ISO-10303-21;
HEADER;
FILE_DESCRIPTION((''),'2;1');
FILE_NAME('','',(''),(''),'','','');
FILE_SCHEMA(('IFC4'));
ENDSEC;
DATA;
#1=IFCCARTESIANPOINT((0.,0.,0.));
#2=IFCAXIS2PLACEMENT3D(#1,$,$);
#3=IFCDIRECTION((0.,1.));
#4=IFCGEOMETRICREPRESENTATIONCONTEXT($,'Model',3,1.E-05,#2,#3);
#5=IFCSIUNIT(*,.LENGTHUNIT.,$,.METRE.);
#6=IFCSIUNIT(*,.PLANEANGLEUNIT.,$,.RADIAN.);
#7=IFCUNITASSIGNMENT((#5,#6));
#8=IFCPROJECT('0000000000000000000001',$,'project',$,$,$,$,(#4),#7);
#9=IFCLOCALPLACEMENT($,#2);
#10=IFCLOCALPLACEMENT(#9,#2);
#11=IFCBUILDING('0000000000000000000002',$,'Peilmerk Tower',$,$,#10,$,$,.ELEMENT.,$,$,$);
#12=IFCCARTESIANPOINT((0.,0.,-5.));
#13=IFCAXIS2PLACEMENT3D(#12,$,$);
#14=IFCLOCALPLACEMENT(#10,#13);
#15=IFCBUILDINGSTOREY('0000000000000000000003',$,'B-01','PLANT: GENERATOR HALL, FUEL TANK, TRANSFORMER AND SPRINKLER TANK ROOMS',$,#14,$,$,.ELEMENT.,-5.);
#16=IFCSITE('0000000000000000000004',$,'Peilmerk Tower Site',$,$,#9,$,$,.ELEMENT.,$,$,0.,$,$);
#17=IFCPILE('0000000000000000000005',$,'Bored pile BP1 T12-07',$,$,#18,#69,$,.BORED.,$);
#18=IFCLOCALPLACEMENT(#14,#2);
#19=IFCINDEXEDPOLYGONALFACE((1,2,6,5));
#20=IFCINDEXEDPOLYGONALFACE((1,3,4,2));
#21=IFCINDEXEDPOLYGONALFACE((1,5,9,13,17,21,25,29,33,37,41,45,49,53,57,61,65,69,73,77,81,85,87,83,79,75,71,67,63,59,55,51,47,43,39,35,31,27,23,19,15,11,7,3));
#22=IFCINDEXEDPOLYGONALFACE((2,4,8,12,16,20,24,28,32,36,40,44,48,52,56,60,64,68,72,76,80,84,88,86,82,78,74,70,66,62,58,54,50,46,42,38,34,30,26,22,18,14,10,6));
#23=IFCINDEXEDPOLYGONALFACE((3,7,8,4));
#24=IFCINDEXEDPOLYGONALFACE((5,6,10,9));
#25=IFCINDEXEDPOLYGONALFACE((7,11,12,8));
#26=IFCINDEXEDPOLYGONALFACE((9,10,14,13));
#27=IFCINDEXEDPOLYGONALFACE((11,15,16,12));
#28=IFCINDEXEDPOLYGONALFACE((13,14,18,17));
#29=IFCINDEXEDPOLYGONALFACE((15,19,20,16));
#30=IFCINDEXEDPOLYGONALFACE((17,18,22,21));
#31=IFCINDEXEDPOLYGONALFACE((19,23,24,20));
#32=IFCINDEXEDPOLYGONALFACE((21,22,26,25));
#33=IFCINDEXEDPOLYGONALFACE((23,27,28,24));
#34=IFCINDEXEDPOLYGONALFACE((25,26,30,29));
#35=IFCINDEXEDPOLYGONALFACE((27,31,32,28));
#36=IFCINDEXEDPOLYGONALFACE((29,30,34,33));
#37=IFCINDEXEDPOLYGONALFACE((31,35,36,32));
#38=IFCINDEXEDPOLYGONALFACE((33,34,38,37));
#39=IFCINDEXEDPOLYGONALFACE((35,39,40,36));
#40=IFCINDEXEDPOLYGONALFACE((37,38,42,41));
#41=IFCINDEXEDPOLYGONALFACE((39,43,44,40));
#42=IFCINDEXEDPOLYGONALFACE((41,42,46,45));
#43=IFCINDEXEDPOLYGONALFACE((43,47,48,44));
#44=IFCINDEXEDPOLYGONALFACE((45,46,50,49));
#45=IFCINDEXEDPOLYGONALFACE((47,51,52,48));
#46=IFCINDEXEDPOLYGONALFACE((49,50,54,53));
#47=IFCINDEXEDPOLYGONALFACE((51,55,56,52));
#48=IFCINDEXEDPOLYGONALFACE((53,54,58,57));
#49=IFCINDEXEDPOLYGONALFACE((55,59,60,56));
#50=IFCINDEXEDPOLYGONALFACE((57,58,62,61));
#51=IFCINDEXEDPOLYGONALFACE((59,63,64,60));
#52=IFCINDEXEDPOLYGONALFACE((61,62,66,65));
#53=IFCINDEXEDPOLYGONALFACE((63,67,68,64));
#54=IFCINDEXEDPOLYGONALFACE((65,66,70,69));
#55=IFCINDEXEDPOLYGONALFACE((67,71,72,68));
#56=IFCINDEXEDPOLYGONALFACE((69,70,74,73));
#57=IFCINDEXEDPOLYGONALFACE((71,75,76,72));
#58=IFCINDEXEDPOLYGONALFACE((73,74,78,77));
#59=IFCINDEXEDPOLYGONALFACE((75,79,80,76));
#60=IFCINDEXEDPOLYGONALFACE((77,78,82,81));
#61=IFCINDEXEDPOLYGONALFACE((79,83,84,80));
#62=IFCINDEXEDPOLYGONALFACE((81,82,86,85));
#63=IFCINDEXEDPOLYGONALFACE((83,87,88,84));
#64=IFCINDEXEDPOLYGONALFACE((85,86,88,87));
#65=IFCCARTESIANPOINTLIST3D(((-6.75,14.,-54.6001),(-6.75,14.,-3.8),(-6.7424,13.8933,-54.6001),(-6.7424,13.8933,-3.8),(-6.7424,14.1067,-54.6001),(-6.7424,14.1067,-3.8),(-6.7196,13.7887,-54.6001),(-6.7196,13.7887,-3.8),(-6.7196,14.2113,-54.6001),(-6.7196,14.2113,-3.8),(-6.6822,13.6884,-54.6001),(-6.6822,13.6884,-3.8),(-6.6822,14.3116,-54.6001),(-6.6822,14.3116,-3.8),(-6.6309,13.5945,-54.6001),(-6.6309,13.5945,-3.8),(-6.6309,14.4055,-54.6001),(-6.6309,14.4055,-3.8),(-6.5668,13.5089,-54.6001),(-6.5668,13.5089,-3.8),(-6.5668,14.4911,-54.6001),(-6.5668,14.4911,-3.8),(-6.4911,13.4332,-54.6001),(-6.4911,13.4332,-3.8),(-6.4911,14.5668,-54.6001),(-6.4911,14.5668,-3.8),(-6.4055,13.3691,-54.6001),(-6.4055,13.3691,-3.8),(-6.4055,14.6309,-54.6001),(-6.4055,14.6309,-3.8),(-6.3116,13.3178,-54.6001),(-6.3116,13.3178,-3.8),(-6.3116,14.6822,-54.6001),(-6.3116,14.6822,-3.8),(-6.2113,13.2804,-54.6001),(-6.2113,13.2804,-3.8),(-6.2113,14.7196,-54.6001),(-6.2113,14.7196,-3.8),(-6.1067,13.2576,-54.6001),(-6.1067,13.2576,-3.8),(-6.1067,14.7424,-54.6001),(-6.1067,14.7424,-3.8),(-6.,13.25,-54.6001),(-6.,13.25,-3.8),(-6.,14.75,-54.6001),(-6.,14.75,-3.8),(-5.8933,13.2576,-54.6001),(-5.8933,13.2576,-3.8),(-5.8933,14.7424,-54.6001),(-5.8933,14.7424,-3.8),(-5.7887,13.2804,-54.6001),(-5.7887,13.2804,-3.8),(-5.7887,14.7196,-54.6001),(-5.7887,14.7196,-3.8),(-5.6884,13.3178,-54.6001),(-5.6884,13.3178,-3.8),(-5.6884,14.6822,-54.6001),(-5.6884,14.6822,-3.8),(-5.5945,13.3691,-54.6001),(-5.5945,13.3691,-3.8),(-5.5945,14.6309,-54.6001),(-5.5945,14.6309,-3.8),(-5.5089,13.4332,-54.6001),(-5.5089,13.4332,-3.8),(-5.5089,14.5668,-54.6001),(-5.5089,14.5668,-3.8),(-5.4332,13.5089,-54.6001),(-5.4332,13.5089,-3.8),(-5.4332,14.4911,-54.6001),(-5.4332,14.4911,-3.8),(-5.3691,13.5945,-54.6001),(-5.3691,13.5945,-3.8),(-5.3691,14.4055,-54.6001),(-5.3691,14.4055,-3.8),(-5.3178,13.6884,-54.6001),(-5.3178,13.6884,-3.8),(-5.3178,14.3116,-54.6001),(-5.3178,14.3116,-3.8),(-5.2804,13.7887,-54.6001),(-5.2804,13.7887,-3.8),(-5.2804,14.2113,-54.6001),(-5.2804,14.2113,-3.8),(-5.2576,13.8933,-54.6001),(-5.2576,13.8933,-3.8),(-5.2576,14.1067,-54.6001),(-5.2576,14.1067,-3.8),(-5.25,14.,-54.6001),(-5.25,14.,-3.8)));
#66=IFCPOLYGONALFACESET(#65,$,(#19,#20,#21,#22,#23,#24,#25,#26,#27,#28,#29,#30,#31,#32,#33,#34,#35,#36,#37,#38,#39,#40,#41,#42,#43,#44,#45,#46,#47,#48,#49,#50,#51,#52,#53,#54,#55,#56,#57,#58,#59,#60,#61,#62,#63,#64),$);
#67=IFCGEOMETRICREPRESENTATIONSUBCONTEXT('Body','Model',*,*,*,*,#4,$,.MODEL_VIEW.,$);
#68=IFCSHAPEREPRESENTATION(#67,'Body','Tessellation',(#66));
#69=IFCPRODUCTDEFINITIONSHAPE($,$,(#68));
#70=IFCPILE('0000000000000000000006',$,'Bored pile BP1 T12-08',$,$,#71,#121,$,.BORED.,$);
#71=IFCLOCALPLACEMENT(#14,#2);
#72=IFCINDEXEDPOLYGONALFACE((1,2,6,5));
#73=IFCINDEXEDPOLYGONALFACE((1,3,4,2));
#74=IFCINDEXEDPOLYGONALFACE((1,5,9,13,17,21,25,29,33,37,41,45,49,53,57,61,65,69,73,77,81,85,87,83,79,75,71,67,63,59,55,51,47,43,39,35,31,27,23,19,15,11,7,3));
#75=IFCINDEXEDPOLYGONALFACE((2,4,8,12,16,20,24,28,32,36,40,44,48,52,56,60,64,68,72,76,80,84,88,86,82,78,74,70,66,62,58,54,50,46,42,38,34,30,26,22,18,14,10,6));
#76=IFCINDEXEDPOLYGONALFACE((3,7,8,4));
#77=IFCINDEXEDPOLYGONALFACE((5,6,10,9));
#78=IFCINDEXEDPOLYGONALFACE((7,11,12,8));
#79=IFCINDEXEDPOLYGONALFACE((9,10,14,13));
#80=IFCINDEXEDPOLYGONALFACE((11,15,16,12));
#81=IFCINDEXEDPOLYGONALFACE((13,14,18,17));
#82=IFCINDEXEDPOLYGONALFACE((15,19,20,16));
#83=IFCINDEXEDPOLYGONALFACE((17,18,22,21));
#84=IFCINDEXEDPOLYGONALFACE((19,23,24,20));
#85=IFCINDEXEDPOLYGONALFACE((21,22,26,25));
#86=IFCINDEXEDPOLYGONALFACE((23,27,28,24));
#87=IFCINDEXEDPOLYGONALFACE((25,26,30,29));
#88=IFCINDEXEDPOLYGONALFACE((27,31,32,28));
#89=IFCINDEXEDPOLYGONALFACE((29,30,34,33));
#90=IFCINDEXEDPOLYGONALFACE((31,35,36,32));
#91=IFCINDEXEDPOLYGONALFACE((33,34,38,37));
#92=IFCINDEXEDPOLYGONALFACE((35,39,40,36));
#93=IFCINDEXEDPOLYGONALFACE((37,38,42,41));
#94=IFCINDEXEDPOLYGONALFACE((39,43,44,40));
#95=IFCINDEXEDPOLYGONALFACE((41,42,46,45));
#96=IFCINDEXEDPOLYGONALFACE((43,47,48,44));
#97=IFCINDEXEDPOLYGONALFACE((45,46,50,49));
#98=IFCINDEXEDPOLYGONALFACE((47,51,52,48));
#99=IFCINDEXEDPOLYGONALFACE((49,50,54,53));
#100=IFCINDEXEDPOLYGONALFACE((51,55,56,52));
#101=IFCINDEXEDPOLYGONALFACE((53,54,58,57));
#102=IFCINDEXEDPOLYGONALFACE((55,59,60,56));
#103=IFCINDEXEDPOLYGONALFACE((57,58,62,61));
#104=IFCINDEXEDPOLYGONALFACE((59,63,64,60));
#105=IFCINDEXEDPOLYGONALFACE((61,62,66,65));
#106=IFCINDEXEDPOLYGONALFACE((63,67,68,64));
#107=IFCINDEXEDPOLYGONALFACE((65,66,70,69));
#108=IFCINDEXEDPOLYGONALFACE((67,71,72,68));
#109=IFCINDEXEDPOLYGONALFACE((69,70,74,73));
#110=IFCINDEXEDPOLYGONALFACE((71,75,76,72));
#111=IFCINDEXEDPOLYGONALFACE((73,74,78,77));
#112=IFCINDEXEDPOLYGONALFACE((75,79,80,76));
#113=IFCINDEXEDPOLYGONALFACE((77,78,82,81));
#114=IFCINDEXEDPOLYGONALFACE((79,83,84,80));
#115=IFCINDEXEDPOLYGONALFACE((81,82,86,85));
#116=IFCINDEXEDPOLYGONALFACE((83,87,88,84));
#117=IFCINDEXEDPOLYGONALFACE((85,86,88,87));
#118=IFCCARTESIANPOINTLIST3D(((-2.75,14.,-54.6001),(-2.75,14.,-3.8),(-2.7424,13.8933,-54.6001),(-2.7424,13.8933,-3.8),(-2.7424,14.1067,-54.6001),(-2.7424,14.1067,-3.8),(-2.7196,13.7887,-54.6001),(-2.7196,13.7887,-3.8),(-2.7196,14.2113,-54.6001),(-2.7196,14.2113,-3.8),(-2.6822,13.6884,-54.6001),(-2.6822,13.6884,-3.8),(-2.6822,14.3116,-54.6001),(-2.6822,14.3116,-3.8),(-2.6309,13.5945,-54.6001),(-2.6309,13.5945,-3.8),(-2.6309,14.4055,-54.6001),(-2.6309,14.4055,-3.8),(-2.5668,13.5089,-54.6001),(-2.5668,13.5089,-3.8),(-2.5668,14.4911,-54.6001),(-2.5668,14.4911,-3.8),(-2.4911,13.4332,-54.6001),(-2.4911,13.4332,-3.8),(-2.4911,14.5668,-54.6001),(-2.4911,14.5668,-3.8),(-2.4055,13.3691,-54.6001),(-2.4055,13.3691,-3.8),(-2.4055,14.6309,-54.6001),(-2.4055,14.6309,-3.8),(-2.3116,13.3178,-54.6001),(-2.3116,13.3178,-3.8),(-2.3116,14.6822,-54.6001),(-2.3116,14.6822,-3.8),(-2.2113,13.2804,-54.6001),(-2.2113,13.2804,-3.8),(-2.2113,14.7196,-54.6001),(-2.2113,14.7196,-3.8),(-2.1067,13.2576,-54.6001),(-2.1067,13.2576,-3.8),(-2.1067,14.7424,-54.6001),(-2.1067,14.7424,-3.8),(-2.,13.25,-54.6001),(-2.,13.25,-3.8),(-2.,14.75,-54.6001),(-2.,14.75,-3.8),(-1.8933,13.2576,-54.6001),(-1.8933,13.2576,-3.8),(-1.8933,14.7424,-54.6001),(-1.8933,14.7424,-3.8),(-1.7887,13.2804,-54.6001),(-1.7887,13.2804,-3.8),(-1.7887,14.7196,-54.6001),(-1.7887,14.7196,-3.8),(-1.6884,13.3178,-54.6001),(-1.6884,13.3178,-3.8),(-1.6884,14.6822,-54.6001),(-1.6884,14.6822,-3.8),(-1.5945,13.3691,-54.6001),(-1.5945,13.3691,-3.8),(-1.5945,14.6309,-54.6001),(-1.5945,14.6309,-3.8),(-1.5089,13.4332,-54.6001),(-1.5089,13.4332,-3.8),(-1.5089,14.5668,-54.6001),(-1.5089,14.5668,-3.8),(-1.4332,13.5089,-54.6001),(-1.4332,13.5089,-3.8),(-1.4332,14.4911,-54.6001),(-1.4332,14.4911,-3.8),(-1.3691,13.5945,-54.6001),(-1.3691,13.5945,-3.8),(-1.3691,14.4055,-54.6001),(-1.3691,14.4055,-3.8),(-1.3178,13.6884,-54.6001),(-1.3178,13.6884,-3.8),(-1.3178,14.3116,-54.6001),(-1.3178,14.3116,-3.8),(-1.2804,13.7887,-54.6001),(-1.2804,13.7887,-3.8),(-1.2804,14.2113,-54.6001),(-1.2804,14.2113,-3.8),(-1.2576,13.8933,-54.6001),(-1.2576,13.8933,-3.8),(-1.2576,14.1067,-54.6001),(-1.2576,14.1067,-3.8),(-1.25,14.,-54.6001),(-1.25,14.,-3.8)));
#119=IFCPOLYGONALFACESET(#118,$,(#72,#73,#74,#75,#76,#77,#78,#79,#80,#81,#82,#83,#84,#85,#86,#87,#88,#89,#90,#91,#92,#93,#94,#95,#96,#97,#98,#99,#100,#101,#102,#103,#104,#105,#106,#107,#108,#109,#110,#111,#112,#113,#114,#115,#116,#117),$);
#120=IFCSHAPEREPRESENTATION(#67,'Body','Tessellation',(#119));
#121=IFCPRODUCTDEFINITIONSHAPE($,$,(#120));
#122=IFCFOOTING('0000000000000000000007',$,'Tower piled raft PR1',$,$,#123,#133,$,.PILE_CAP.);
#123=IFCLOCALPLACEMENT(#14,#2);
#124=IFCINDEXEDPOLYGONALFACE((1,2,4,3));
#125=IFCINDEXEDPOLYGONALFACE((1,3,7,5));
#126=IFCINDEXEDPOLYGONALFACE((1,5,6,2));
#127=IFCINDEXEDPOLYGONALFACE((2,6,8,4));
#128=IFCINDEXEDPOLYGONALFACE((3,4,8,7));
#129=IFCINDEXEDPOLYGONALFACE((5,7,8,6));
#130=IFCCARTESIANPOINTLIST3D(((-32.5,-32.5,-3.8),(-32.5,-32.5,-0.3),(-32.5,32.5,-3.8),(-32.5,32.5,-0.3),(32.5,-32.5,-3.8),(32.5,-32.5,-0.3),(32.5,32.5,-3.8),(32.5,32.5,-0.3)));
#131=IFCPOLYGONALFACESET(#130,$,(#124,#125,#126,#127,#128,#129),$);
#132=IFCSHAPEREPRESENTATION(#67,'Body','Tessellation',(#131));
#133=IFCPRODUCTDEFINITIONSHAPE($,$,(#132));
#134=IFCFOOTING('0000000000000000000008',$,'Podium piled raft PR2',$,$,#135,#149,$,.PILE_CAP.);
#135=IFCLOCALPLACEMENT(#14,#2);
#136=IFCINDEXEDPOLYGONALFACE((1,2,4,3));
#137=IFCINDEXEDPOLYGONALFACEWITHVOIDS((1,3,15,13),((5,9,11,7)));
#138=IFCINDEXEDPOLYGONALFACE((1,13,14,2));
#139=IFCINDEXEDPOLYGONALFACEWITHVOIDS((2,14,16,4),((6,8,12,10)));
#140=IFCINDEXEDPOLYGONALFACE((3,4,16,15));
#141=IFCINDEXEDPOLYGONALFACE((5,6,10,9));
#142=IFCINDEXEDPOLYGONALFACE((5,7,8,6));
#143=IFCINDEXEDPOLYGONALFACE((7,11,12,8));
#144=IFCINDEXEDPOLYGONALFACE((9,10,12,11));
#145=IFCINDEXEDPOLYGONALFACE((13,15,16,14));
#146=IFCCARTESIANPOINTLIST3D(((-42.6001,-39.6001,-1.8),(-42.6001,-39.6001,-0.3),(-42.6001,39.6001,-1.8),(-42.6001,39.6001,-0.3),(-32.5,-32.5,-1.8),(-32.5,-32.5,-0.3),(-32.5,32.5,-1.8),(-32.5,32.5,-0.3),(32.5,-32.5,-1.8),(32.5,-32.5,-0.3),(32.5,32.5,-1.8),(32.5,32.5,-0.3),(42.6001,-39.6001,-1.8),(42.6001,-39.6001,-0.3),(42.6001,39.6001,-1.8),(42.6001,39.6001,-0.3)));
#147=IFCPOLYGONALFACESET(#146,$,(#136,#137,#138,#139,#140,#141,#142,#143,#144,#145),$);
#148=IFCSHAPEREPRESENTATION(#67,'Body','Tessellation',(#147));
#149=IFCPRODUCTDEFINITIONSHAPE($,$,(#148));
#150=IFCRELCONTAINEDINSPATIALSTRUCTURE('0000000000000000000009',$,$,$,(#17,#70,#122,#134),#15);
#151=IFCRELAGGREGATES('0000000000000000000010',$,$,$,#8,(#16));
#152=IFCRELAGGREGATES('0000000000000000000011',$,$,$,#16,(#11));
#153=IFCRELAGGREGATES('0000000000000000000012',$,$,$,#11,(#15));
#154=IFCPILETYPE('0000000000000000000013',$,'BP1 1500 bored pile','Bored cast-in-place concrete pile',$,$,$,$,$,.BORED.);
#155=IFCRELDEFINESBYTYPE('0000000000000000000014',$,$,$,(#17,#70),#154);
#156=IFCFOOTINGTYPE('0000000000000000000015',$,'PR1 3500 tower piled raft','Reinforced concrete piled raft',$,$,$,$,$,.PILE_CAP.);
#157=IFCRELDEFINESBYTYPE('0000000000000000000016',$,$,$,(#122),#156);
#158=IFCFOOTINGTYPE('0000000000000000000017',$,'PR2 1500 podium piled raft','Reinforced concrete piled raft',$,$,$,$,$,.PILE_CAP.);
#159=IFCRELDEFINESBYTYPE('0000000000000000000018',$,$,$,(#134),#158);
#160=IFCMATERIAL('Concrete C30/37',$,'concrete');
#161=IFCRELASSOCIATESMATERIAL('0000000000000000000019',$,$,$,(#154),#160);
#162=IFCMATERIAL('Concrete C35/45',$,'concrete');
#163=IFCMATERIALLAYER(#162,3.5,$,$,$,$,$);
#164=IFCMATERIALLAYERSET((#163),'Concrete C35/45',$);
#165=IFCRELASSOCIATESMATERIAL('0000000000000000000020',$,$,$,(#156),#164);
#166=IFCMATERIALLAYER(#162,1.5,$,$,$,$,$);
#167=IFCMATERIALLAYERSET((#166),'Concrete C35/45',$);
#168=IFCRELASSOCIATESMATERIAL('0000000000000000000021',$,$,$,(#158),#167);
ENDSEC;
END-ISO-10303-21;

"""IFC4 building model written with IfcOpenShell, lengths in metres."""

from ifc_helpers import new_model, si_unit, direction, frame, origin, origin_2d, place, context, subcontext, project, spatial, polyline, circle, outline, extrude, material, layer, layer_set, material_profile, profile_set, type_object, element, save


model = new_model("IFC4")

# Units and contexts
model_context = context("Model", 3, precision=1e-05, world=origin(), true_north=direction((0.0, 1.0)))
body_context = subcontext(model_context, "Body", "Model", "MODEL_VIEW")
ifc_project = project(units=[si_unit("LENGTHUNIT", "METRE"), si_unit("PLANEANGLEUNIT", "RADIAN")], contexts=[model_context])

# Site, building, storey
site_placement = place(None, origin())
site = spatial("IfcSite", under=ifc_project, at=site_placement, Name="Peilmerk Tower Site", CompositionType="ELEMENT", RefElevation=0.0)
building_placement = place(site_placement, origin())
building = spatial("IfcBuilding", under=site, at=building_placement, Name="Peilmerk Tower", CompositionType="ELEMENT")
storey_placement = place(building_placement, frame((0.0, 0.0, -5.0)))
storey = spatial("IfcBuildingStorey", under=building, at=storey_placement, Name="B-01", Description="PLANT: GENERATOR HALL, FUEL TANK, TRANSFORMER AND SPRINKLER TANK ROOMS", CompositionType="ELEMENT", Elevation=-5.0)

# Piles
ifc_material_1 = material(Name="Concrete C30/37", Category="concrete")
ifc_material_profile = material_profile(ifc_material_1, circle(Radius=0.75, at=origin_2d()), Name="BP 1500")
ifc_profile_set = profile_set([ifc_material_profile], Name="Concrete C30/37")
pile_type = type_object("IfcPileType", Name="BP1 1500 bored pile", Description="Bored cast-in-place concrete pile", PredefinedType="BORED", material=ifc_profile_set)
for number, where, z_axis, x_axis, name in (
    (1, (-6.0, 14.0, -3.8), (0.0, 0.0, -1.0), (1.0, 0.0, 0.0), "Bored pile BP1 T12-07"),
    (2, (-2.0, 14.0, -3.8), (0.0, 0.0, -1.0), (1.0, 0.0, 0.0), "Bored pile BP1 T12-08"),
):
    element("IfcPile", number, at=place(storey_placement, frame(where, z_axis=z_axis, x_axis=x_axis)), inside=storey, type_object=pile_type, Name=name, PredefinedType="BORED", context=body_context, shape_type="SweptSolid", body=[
        extrude(circle(Radius=0.75, at=origin_2d()), origin(), (0.0, 0.0, 1.0), 50.8),
    ])

# Footings
ifc_material_2 = material(Name="Concrete C35/45", Category="concrete")
ifc_layer_1 = layer(ifc_material_2, 3.5)
ifc_layer_set_1 = layer_set([ifc_layer_1], Name="Concrete C35/45")
footing_type_1 = type_object("IfcFootingType", Name="PR1 3500 tower piled raft", Description="Reinforced concrete piled raft", PredefinedType="PILE_CAP", material=ifc_layer_set_1)
footing_1_placement = place(storey_placement, frame((0.0, 0.0, -3.8)))
element("IfcFooting", 3, at=footing_1_placement, inside=storey, type_object=footing_type_1, Name="Tower piled raft PR1", PredefinedType="PILE_CAP", context=body_context, shape_type="SweptSolid", body=[
    extrude(outline(polyline([(32.5, -32.5), (32.5, 32.5), (-32.5, 32.5), (-32.5, -32.5), (32.5, -32.5)])), origin(), (0.0, 0.0, 1.0), 3.5),
])
ifc_layer_2 = layer(ifc_material_2, 1.5)
ifc_layer_set_2 = layer_set([ifc_layer_2], Name="Concrete C35/45")
footing_type_2 = type_object("IfcFootingType", Name="PR2 1500 podium piled raft", Description="Reinforced concrete piled raft", PredefinedType="PILE_CAP", material=ifc_layer_set_2)
footing_2_placement = place(storey_placement, frame((0.0, 0.0, -1.8)))
element("IfcFooting", 4, at=footing_2_placement, inside=storey, type_object=footing_type_2, Name="Podium piled raft PR2", PredefinedType="PILE_CAP", context=body_context, shape_type="SweptSolid", body=[
    extrude(outline(polyline([(-42.6001, -39.6001), (42.6001, -39.6001), (42.6001, 39.6001), (-42.6001, 39.6001), (-42.6001, -39.6001)]), holes=[polyline([(32.5, 32.5), (32.5, -32.5), (-32.5, -32.5), (-32.5, 32.5), (32.5, 32.5)])]), origin(), (0.0, 0.0, 1.0), 1.5),
])

save(model, "model.ifc")
